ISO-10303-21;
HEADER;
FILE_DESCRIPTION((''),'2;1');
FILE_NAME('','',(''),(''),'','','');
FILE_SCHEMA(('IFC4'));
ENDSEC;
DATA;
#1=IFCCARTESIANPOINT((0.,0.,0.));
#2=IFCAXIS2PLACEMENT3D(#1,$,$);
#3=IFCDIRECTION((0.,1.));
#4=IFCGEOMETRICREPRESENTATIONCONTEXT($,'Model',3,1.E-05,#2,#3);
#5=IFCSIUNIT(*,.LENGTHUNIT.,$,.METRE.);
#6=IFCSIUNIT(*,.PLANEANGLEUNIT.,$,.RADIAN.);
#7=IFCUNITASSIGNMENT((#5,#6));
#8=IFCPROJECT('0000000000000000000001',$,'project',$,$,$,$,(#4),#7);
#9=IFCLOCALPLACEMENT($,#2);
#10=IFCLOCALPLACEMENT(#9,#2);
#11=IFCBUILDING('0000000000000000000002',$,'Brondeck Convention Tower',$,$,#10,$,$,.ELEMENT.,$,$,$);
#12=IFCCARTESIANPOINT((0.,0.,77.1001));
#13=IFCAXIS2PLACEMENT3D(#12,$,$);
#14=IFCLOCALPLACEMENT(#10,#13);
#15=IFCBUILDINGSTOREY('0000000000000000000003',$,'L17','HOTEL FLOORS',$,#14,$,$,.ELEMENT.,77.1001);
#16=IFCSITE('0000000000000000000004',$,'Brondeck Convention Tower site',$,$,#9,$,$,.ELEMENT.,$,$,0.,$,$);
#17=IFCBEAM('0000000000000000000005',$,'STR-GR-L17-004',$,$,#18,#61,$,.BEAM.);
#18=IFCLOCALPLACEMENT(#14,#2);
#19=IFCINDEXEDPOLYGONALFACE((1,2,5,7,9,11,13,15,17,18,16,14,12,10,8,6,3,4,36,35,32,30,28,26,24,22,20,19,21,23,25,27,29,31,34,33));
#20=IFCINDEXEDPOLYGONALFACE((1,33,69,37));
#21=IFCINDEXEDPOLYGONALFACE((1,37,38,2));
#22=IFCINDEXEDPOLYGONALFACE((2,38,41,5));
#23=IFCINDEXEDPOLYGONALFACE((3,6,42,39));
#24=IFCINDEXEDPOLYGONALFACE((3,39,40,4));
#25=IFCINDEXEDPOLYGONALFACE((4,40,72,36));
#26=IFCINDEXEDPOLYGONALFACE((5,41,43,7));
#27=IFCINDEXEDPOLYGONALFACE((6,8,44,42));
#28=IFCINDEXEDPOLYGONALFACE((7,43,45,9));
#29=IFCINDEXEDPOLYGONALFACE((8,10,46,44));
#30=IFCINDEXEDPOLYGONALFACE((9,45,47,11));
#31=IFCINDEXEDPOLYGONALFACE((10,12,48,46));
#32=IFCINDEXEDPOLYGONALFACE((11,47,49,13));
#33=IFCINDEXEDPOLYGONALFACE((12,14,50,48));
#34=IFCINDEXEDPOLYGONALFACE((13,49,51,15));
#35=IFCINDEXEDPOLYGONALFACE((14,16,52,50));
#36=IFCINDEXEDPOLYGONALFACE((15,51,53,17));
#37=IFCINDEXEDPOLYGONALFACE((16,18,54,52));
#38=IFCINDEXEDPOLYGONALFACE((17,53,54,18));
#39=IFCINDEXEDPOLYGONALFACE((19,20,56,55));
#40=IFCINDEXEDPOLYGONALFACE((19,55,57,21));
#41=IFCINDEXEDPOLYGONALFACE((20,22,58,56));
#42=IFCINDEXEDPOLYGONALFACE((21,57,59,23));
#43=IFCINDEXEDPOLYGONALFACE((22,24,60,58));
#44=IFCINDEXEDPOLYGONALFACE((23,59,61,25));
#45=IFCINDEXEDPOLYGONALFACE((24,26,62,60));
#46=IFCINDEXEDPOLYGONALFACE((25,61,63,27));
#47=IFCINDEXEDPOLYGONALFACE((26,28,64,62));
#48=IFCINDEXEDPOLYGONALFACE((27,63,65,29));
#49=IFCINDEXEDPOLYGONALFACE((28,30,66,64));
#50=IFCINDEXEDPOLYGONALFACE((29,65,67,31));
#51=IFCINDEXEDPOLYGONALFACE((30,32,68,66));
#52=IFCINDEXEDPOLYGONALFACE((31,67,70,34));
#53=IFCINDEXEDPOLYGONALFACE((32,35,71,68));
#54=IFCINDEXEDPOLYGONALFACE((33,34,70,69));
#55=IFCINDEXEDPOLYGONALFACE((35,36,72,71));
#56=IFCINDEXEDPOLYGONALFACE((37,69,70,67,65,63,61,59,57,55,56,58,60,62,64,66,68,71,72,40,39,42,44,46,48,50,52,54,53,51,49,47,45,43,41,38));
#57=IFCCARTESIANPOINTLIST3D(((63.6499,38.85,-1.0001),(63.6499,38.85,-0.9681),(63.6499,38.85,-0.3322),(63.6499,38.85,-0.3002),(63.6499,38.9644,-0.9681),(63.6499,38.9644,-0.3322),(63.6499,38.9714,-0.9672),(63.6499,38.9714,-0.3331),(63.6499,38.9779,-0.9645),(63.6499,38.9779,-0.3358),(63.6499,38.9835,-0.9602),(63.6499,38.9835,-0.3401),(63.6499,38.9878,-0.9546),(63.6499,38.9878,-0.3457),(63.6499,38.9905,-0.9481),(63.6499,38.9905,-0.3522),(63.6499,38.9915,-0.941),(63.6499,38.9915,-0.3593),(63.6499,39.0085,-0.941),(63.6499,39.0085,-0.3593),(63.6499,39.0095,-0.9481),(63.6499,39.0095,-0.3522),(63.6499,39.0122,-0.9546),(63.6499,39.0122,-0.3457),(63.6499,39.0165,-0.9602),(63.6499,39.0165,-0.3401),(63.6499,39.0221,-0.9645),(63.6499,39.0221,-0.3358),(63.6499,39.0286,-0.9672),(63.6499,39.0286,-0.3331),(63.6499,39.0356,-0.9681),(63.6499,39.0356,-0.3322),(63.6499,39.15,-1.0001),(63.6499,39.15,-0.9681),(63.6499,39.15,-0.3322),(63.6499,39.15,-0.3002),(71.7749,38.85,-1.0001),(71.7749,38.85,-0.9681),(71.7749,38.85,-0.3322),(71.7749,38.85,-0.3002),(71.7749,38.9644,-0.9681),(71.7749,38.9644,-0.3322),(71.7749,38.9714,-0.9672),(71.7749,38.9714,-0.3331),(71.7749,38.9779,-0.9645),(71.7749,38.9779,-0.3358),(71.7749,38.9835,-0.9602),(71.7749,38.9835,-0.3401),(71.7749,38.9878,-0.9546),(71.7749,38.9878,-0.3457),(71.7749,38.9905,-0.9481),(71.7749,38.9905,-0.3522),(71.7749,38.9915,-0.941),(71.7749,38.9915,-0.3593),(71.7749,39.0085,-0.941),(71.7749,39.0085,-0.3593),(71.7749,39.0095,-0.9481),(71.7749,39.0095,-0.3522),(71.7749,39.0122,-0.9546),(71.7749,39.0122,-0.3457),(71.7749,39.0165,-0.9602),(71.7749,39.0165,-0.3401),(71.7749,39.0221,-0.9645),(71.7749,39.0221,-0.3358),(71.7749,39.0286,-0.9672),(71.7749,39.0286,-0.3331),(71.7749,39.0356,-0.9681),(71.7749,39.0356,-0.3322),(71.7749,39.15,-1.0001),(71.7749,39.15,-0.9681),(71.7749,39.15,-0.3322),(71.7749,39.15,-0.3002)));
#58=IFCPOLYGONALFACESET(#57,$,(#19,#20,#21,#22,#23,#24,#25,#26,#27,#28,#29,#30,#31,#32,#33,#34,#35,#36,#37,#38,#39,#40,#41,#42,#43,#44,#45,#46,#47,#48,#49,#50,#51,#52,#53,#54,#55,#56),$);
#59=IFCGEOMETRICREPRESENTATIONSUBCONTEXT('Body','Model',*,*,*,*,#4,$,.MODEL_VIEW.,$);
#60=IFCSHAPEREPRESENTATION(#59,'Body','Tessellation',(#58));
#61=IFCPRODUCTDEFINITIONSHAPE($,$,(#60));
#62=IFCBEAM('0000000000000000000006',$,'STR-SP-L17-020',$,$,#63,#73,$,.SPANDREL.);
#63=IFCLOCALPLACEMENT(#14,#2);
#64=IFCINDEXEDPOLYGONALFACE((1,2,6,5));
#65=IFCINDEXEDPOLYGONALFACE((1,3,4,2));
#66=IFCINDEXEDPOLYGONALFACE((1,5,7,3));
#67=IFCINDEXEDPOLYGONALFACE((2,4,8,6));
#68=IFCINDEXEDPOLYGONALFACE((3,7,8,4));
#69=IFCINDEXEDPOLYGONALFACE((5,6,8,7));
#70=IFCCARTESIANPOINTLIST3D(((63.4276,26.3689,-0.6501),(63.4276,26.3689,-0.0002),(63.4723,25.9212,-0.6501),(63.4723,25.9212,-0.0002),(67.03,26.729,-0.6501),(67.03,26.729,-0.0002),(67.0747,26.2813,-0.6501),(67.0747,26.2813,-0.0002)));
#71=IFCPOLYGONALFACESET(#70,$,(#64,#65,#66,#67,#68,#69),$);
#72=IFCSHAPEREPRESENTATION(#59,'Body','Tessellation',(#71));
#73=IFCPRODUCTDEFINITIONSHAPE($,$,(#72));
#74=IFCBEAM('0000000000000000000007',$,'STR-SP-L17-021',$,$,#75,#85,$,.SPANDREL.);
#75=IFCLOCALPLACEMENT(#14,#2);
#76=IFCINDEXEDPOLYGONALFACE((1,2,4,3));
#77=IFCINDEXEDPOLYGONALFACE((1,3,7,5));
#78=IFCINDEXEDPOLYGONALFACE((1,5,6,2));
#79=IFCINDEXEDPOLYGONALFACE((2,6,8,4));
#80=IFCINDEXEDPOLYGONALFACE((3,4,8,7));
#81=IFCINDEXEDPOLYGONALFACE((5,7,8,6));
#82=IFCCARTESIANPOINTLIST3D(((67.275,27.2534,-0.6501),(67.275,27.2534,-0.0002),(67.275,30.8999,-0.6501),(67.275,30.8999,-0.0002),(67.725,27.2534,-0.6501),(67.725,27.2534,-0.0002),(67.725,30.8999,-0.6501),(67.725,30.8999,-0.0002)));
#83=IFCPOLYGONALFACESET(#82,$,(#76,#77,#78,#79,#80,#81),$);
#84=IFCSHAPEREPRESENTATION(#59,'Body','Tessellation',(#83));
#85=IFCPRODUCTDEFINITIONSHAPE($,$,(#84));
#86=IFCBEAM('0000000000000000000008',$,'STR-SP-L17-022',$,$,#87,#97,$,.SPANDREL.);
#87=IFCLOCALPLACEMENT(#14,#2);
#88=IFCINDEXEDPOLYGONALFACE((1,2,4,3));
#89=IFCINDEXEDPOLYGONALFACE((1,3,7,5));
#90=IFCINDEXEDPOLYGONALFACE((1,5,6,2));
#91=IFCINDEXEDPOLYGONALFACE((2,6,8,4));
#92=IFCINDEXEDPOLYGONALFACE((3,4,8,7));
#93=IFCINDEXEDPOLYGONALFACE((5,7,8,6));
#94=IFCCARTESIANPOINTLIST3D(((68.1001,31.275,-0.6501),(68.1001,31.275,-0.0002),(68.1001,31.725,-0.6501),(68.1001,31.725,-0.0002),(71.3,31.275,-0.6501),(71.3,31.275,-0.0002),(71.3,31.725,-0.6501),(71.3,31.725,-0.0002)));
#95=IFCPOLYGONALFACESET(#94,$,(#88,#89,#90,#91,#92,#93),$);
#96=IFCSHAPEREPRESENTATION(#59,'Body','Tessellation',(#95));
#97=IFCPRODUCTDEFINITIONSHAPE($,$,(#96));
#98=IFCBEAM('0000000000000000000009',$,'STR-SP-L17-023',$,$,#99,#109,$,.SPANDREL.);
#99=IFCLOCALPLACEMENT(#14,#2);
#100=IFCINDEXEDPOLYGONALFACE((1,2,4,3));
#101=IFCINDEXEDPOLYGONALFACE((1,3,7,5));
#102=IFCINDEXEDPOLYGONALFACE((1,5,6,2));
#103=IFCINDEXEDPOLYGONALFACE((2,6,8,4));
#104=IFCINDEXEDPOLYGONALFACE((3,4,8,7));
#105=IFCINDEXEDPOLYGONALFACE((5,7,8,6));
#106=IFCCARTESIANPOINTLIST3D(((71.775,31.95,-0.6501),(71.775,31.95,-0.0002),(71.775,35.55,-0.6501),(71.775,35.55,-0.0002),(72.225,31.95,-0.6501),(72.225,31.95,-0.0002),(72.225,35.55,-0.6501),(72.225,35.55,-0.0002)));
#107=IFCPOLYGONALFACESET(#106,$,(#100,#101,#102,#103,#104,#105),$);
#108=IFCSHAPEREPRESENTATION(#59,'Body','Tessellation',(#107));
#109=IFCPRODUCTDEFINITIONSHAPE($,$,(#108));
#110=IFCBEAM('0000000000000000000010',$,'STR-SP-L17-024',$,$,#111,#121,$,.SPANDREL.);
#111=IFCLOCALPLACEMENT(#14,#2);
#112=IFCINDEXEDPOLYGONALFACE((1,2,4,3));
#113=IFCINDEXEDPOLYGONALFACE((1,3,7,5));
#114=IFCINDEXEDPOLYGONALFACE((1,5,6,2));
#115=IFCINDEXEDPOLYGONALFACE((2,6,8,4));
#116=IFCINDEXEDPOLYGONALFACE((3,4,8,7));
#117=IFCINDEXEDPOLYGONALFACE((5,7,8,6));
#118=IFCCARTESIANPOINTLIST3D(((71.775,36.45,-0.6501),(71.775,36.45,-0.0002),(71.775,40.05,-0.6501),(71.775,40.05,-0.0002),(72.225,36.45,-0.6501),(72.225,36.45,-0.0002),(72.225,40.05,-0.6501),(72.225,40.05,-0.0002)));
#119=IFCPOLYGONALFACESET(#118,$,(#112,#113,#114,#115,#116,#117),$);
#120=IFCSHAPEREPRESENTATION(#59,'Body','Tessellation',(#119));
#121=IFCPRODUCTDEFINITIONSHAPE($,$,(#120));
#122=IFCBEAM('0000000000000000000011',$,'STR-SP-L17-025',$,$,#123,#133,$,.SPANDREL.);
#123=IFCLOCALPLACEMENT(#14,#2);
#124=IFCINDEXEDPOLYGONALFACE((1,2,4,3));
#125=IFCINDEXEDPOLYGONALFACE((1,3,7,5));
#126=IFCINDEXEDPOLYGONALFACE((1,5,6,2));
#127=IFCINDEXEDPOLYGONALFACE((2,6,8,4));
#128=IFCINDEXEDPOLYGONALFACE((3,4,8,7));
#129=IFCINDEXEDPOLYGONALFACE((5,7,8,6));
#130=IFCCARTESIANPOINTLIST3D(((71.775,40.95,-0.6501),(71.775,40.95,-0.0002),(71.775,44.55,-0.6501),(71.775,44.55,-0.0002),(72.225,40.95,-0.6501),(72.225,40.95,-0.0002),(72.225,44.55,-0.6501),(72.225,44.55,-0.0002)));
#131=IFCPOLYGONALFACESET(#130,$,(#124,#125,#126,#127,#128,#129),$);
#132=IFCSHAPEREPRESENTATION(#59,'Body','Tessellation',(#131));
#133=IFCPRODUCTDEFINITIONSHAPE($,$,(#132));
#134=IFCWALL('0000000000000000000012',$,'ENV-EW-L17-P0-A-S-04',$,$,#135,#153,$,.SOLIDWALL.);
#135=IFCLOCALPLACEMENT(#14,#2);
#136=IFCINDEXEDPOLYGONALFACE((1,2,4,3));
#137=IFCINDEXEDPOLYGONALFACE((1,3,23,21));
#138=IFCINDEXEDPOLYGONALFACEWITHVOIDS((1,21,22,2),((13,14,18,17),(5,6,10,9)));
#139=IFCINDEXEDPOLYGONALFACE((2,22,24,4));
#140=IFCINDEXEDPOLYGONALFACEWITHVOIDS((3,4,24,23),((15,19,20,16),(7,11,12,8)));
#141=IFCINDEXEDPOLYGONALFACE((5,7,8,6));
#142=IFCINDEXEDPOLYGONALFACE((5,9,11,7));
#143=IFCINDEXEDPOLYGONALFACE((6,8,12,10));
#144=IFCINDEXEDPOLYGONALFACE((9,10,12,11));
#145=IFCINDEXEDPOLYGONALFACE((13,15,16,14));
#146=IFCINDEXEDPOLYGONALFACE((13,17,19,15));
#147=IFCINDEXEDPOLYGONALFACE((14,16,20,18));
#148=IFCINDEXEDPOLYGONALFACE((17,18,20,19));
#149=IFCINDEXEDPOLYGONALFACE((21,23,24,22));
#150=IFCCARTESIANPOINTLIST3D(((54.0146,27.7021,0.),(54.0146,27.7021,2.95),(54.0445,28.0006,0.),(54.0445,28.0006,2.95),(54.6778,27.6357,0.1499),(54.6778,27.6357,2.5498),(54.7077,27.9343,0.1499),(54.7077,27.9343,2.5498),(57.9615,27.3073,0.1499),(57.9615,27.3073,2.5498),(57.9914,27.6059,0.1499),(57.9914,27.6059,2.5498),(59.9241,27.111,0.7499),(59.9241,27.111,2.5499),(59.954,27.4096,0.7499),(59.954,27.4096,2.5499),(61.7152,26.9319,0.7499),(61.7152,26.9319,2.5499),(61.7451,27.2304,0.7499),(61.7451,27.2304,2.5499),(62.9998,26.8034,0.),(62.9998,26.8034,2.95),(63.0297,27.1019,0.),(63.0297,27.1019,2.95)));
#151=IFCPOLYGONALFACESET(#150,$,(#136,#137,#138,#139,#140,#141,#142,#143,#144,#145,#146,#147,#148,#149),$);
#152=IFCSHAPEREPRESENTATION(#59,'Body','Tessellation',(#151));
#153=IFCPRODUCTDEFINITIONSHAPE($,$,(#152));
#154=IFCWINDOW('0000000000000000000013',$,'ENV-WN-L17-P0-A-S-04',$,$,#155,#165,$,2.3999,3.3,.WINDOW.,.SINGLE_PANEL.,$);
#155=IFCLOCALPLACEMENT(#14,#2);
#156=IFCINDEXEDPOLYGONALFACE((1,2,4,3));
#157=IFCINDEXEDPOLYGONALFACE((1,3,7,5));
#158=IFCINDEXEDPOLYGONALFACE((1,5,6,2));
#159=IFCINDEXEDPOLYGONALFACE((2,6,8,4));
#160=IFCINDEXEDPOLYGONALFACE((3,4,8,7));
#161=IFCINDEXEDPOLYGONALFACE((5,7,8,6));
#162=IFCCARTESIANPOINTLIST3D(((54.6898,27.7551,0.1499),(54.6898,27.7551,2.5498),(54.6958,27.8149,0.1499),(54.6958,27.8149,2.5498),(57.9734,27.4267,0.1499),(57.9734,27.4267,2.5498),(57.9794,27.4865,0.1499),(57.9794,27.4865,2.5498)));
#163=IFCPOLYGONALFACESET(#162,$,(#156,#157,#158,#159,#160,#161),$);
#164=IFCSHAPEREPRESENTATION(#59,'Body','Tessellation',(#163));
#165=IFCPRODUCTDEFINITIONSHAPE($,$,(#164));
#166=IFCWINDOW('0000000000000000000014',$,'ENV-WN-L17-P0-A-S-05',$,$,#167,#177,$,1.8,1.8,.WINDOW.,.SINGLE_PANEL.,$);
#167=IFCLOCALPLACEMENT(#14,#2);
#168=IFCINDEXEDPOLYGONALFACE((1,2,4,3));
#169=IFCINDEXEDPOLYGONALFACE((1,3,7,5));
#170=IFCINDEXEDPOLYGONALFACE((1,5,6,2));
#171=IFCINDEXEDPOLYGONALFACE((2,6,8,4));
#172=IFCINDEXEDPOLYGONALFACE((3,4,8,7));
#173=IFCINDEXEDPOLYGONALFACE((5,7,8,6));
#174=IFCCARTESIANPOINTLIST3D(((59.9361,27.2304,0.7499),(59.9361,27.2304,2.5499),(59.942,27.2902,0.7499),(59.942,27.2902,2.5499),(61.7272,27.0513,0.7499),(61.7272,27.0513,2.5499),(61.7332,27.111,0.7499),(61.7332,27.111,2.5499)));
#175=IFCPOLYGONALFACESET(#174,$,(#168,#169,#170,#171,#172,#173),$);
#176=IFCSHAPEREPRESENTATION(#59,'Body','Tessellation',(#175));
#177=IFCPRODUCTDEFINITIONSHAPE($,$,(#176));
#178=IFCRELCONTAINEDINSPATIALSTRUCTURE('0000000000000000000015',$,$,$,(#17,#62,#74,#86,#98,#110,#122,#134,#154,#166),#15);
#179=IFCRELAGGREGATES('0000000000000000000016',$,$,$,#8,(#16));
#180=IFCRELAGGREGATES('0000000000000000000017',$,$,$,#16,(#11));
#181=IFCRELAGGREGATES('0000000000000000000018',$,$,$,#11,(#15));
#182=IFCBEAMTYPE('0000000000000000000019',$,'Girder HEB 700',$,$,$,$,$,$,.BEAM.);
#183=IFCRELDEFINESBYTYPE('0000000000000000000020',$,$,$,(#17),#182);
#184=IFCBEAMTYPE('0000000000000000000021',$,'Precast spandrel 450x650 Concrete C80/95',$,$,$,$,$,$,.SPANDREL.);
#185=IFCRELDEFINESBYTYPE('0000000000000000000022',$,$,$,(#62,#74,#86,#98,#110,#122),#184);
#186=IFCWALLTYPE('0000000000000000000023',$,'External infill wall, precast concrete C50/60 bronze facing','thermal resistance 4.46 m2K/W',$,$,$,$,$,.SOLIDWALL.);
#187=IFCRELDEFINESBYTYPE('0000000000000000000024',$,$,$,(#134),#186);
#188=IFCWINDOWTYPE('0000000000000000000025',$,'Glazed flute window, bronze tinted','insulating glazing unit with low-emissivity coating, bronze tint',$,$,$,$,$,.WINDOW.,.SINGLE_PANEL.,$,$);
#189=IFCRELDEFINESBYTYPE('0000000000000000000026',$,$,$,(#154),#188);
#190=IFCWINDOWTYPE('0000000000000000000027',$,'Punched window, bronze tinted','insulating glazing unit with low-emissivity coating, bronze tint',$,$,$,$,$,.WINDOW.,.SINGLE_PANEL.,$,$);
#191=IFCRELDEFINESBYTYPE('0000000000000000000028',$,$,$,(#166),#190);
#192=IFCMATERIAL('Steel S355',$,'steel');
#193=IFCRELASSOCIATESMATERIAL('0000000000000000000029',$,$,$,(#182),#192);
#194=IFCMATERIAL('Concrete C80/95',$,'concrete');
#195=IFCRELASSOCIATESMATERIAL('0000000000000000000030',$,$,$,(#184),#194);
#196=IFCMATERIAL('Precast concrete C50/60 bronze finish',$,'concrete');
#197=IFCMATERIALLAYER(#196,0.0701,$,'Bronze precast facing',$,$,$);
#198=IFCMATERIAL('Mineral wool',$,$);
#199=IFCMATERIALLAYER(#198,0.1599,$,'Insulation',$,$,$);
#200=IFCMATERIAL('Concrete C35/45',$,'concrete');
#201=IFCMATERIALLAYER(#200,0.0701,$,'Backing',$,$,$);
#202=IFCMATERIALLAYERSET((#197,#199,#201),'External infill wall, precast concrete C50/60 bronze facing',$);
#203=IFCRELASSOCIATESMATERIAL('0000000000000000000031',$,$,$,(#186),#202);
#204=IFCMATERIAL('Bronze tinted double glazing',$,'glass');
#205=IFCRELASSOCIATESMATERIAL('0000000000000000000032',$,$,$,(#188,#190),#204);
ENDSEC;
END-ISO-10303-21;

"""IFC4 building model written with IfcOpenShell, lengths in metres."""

from ifc_helpers import new_model, si_unit, direction, frame, frame_2d, origin, origin_2d, place, context, subcontext, project, spatial, rectangle, i_section, extrude, material, layer, layer_set, material_profile, profile_set, type_object, element, fill, save


model = new_model("IFC4")

# Units and contexts
model_context = context("Model", 3, precision=1e-05, world=origin(), true_north=direction((0.0, 1.0)))
body_context = subcontext(model_context, "Body", "Model", "MODEL_VIEW")
ifc_project = project(units=[si_unit("LENGTHUNIT", "METRE"), si_unit("PLANEANGLEUNIT", "RADIAN")], contexts=[model_context])

# Site, building, storey
site_placement = place(None, origin())
site = spatial("IfcSite", under=ifc_project, at=site_placement, Name="Brondeck Convention Tower site", CompositionType="ELEMENT", RefElevation=0.0)
building_placement = place(site_placement, origin())
building = spatial("IfcBuilding", under=site, at=building_placement, Name="Brondeck Convention Tower", CompositionType="ELEMENT")
storey_placement = place(building_placement, frame((0.0, 0.0, 77.1001)))
storey = spatial("IfcBuildingStorey", under=building, at=storey_placement, Name="L17", Description="HOTEL FLOORS", CompositionType="ELEMENT", Elevation=77.1001)

# Shared definitions
ifc_material_1 = material(Name="Concrete C80/95", Category="concrete")

# Beams
ifc_material_2 = material(Name="Steel S355", Category="steel")
ifc_material_profile_1 = material_profile(ifc_material_2, i_section(OverallWidth=0.3, OverallDepth=0.7, WebThickness=0.0171, FlangeThickness=0.032, FilletRadius=0.0271, at=origin_2d()), Name="HEB 700")
ifc_profile_set_1 = profile_set([ifc_material_profile_1], Name="Steel S355")
beam_type_1 = type_object("IfcBeamType", Name="Girder HEB 700", PredefinedType="BEAM", material=ifc_profile_set_1)
beam_1_placement = place(storey_placement, frame((63.6499, 39.0, -0.6501), z_axis=(1.0, 0.0, 0.0), x_axis=(0.0, 1.0, 0.0)))
element("IfcBeam", 1, at=beam_1_placement, inside=storey, type_object=beam_type_1, Name="STR-GR-L17-004", PredefinedType="BEAM", context=body_context, shape_type="SweptSolid", body=[
    extrude(i_section(OverallWidth=0.3, OverallDepth=0.7, WebThickness=0.0171, FlangeThickness=0.032, FilletRadius=0.0271, at=origin_2d()), origin(), (0.0, 0.0, 1.0), 8.125),
])
ifc_material_profile_2 = material_profile(ifc_material_1, rectangle(XDim=0.45, YDim=0.6499, at=origin_2d()), Name="Precast spandrel 450x650 Concrete C80/95")
ifc_profile_set_2 = profile_set([ifc_material_profile_2], Name="Concrete C80/95")
beam_type_2 = type_object("IfcBeamType", Name="Precast spandrel 450x650 Concrete C80/95", PredefinedType="SPANDREL", material=ifc_profile_set_2)
beam_2_placement = place(storey_placement, frame((63.45, 26.145, -0.3252), z_axis=(0.995041, 0.09947, 0.0), x_axis=(-0.09947, 0.995041, 0.0)))
element("IfcBeam", 2, at=beam_2_placement, inside=storey, type_object=beam_type_2, Name="STR-SP-L17-020", PredefinedType="SPANDREL", context=body_context, shape_type="SweptSolid", body=[
    extrude(rectangle(XDim=0.45, YDim=0.6499, at=origin_2d()), origin(), (0.0, 0.0, 1.0), 3.6204),
])
beam_3_placement = place(storey_placement, frame((67.5, 27.2534, -0.3252), z_axis=(0.0, 1.0, 0.0), x_axis=(-1.0, 0.0, 0.0)))
element("IfcBeam", 3, at=beam_3_placement, inside=storey, type_object=beam_type_2, Name="STR-SP-L17-021", PredefinedType="SPANDREL", context=body_context, shape_type="SweptSolid", body=[
    extrude(rectangle(XDim=0.45, YDim=0.6499, at=origin_2d()), origin(), (0.0, 0.0, 1.0), 3.6465),
])
beam_4_placement = place(storey_placement, frame((68.1001, 31.5, -0.3252), z_axis=(1.0, 0.0, 0.0), x_axis=(0.0, 1.0, 0.0)))
element("IfcBeam", 4, at=beam_4_placement, inside=storey, type_object=beam_type_2, Name="STR-SP-L17-022", PredefinedType="SPANDREL", context=body_context, shape_type="SweptSolid", body=[
    extrude(rectangle(XDim=0.45, YDim=0.6499, at=origin_2d()), origin(), (0.0, 0.0, 1.0), 3.2),
])
for number, where, z_axis, x_axis, name in (
    (5, (72.0, 31.95, -0.3252), (0.0, 1.0, 0.0), (-1.0, 0.0, 0.0), "STR-SP-L17-023"),
    (6, (72.0, 36.45, -0.3252), (0.0, 1.0, 0.0), (-1.0, 0.0, 0.0), "STR-SP-L17-024"),
    (7, (72.0, 40.95, -0.3252), (0.0, 1.0, 0.0), (-1.0, 0.0, 0.0), "STR-SP-L17-025"),
):
    element("IfcBeam", number, at=place(storey_placement, frame(where, z_axis=z_axis, x_axis=x_axis)), inside=storey, type_object=beam_type_2, Name=name, PredefinedType="SPANDREL", context=body_context, shape_type="SweptSolid", body=[
        extrude(rectangle(XDim=0.45, YDim=0.6499, at=origin_2d()), origin(), (0.0, 0.0, 1.0), 3.6001),
    ])

# Wall, openings, windows
ifc_material_3 = material(Name="Precast concrete C50/60 bronze finish", Category="concrete")
ifc_layer_1 = layer(ifc_material_3, 0.0701, Name="Bronze precast facing")
ifc_material_4 = material(Name="Mineral wool")
ifc_layer_2 = layer(ifc_material_4, 0.1599, Name="Insulation")
ifc_material_5 = material(Name="Concrete C35/45", Category="concrete")
ifc_layer_3 = layer(ifc_material_5, 0.0701, Name="Backing")
ifc_layer_set_1 = layer_set([ifc_layer_1, ifc_layer_2, ifc_layer_3], Name="External infill wall, precast concrete C50/60 bronze facing")
wall_type_1 = type_object("IfcWallType", Name="External infill wall, precast concrete C50/60 bronze facing", Description="thermal resistance 4.46 m2K/W", PredefinedType="SOLIDWALL", material=ifc_layer_set_1)
wall_1_placement = place(storey_placement, frame((63.0149, 26.9526, 0.0), z_axis=(0.0, 0.0, 1.0), x_axis=(-0.995035, 0.099522, 0.0)))
wall_1 = element("IfcWall", 8, at=wall_1_placement, inside=storey, type_object=wall_type_1, Name="ENV-EW-L17-P0-A-S-04", PredefinedType="SOLIDWALL", context=body_context, shape_type="SweptSolid", body=[
    extrude(rectangle(XDim=9.03, YDim=0.3, at=frame_2d((4.5151, 0.0))), origin(), (0.0, 0.0, 1.0), 2.95),
])
opening_1_placement = place(wall_1_placement, frame((1.2913, 0.0, 0.75)))
opening_1 = element("IfcOpeningElement", 9, at=opening_1_placement, cuts=wall_1, PredefinedType="OPENING", context=body_context, shape_type="SweptSolid", body=[
    extrude(rectangle(XDim=1.8, YDim=1.8, at=frame_2d((0.8999, 0.8999))), frame((0.0, 0.1599, 0.0), z_axis=(0.0, -1.0, 0.0), x_axis=(1.0, 0.0, 0.0)), (0.0, 0.0, 1.0), 0.3201),
])
opening_2_placement = place(wall_1_placement, frame((5.0637, 0.0, 0.1499)))
opening_2 = element("IfcOpeningElement", 10, at=opening_2_placement, cuts=wall_1, PredefinedType="OPENING", context=body_context, shape_type="SweptSolid", body=[
    extrude(rectangle(XDim=3.3, YDim=2.3999, at=frame_2d((1.6499, 1.2))), frame((0.0, 0.1599, 0.0), z_axis=(0.0, -1.0, 0.0), x_axis=(1.0, 0.0, 0.0)), (0.0, 0.0, 1.0), 0.3201),
])
ifc_material_6 = material(Name="Bronze tinted double glazing", Category="glass")
window_type_1 = type_object("IfcWindowType", Name="Glazed flute window, bronze tinted", Description="insulating glazing unit with low-emissivity coating, bronze tint", PartitioningType="SINGLE_PANEL", PredefinedType="WINDOW", material=ifc_material_6)
window_1_placement = place(opening_2_placement, origin())
window_1 = element("IfcWindow", 11, at=window_1_placement, inside=storey, type_object=window_type_1, Name="ENV-WN-L17-P0-A-S-04", OverallHeight=2.3999, OverallWidth=3.3, PartitioningType="SINGLE_PANEL", PredefinedType="WINDOW", context=body_context, shape_type="SweptSolid", body=[
    extrude(rectangle(XDim=3.3, YDim=2.3999, at=frame_2d((1.6499, 1.2))), frame((0.0, 0.03, 0.0), z_axis=(0.0, -1.0, 0.0), x_axis=(1.0, 0.0, 0.0)), (0.0, 0.0, 1.0), 0.0601),
])
fill(opening_2, window_1)
window_type_2 = type_object("IfcWindowType", Name="Punched window, bronze tinted", Description="insulating glazing unit with low-emissivity coating, bronze tint", PartitioningType="SINGLE_PANEL", PredefinedType="WINDOW", material=ifc_material_6)
window_2_placement = place(opening_1_placement, origin())
window_2 = element("IfcWindow", 12, at=window_2_placement, inside=storey, type_object=window_type_2, Name="ENV-WN-L17-P0-A-S-05", OverallHeight=1.8, OverallWidth=1.8, PartitioningType="SINGLE_PANEL", PredefinedType="WINDOW", context=body_context, shape_type="SweptSolid", body=[
    extrude(rectangle(XDim=1.8, YDim=1.8, at=frame_2d((0.8999, 0.8999))), frame((0.0, 0.03, 0.0), z_axis=(0.0, -1.0, 0.0), x_axis=(1.0, 0.0, 0.0)), (0.0, 0.0, 1.0), 0.0601),
])
fill(opening_1, window_2)

save(model, "model.ifc")
